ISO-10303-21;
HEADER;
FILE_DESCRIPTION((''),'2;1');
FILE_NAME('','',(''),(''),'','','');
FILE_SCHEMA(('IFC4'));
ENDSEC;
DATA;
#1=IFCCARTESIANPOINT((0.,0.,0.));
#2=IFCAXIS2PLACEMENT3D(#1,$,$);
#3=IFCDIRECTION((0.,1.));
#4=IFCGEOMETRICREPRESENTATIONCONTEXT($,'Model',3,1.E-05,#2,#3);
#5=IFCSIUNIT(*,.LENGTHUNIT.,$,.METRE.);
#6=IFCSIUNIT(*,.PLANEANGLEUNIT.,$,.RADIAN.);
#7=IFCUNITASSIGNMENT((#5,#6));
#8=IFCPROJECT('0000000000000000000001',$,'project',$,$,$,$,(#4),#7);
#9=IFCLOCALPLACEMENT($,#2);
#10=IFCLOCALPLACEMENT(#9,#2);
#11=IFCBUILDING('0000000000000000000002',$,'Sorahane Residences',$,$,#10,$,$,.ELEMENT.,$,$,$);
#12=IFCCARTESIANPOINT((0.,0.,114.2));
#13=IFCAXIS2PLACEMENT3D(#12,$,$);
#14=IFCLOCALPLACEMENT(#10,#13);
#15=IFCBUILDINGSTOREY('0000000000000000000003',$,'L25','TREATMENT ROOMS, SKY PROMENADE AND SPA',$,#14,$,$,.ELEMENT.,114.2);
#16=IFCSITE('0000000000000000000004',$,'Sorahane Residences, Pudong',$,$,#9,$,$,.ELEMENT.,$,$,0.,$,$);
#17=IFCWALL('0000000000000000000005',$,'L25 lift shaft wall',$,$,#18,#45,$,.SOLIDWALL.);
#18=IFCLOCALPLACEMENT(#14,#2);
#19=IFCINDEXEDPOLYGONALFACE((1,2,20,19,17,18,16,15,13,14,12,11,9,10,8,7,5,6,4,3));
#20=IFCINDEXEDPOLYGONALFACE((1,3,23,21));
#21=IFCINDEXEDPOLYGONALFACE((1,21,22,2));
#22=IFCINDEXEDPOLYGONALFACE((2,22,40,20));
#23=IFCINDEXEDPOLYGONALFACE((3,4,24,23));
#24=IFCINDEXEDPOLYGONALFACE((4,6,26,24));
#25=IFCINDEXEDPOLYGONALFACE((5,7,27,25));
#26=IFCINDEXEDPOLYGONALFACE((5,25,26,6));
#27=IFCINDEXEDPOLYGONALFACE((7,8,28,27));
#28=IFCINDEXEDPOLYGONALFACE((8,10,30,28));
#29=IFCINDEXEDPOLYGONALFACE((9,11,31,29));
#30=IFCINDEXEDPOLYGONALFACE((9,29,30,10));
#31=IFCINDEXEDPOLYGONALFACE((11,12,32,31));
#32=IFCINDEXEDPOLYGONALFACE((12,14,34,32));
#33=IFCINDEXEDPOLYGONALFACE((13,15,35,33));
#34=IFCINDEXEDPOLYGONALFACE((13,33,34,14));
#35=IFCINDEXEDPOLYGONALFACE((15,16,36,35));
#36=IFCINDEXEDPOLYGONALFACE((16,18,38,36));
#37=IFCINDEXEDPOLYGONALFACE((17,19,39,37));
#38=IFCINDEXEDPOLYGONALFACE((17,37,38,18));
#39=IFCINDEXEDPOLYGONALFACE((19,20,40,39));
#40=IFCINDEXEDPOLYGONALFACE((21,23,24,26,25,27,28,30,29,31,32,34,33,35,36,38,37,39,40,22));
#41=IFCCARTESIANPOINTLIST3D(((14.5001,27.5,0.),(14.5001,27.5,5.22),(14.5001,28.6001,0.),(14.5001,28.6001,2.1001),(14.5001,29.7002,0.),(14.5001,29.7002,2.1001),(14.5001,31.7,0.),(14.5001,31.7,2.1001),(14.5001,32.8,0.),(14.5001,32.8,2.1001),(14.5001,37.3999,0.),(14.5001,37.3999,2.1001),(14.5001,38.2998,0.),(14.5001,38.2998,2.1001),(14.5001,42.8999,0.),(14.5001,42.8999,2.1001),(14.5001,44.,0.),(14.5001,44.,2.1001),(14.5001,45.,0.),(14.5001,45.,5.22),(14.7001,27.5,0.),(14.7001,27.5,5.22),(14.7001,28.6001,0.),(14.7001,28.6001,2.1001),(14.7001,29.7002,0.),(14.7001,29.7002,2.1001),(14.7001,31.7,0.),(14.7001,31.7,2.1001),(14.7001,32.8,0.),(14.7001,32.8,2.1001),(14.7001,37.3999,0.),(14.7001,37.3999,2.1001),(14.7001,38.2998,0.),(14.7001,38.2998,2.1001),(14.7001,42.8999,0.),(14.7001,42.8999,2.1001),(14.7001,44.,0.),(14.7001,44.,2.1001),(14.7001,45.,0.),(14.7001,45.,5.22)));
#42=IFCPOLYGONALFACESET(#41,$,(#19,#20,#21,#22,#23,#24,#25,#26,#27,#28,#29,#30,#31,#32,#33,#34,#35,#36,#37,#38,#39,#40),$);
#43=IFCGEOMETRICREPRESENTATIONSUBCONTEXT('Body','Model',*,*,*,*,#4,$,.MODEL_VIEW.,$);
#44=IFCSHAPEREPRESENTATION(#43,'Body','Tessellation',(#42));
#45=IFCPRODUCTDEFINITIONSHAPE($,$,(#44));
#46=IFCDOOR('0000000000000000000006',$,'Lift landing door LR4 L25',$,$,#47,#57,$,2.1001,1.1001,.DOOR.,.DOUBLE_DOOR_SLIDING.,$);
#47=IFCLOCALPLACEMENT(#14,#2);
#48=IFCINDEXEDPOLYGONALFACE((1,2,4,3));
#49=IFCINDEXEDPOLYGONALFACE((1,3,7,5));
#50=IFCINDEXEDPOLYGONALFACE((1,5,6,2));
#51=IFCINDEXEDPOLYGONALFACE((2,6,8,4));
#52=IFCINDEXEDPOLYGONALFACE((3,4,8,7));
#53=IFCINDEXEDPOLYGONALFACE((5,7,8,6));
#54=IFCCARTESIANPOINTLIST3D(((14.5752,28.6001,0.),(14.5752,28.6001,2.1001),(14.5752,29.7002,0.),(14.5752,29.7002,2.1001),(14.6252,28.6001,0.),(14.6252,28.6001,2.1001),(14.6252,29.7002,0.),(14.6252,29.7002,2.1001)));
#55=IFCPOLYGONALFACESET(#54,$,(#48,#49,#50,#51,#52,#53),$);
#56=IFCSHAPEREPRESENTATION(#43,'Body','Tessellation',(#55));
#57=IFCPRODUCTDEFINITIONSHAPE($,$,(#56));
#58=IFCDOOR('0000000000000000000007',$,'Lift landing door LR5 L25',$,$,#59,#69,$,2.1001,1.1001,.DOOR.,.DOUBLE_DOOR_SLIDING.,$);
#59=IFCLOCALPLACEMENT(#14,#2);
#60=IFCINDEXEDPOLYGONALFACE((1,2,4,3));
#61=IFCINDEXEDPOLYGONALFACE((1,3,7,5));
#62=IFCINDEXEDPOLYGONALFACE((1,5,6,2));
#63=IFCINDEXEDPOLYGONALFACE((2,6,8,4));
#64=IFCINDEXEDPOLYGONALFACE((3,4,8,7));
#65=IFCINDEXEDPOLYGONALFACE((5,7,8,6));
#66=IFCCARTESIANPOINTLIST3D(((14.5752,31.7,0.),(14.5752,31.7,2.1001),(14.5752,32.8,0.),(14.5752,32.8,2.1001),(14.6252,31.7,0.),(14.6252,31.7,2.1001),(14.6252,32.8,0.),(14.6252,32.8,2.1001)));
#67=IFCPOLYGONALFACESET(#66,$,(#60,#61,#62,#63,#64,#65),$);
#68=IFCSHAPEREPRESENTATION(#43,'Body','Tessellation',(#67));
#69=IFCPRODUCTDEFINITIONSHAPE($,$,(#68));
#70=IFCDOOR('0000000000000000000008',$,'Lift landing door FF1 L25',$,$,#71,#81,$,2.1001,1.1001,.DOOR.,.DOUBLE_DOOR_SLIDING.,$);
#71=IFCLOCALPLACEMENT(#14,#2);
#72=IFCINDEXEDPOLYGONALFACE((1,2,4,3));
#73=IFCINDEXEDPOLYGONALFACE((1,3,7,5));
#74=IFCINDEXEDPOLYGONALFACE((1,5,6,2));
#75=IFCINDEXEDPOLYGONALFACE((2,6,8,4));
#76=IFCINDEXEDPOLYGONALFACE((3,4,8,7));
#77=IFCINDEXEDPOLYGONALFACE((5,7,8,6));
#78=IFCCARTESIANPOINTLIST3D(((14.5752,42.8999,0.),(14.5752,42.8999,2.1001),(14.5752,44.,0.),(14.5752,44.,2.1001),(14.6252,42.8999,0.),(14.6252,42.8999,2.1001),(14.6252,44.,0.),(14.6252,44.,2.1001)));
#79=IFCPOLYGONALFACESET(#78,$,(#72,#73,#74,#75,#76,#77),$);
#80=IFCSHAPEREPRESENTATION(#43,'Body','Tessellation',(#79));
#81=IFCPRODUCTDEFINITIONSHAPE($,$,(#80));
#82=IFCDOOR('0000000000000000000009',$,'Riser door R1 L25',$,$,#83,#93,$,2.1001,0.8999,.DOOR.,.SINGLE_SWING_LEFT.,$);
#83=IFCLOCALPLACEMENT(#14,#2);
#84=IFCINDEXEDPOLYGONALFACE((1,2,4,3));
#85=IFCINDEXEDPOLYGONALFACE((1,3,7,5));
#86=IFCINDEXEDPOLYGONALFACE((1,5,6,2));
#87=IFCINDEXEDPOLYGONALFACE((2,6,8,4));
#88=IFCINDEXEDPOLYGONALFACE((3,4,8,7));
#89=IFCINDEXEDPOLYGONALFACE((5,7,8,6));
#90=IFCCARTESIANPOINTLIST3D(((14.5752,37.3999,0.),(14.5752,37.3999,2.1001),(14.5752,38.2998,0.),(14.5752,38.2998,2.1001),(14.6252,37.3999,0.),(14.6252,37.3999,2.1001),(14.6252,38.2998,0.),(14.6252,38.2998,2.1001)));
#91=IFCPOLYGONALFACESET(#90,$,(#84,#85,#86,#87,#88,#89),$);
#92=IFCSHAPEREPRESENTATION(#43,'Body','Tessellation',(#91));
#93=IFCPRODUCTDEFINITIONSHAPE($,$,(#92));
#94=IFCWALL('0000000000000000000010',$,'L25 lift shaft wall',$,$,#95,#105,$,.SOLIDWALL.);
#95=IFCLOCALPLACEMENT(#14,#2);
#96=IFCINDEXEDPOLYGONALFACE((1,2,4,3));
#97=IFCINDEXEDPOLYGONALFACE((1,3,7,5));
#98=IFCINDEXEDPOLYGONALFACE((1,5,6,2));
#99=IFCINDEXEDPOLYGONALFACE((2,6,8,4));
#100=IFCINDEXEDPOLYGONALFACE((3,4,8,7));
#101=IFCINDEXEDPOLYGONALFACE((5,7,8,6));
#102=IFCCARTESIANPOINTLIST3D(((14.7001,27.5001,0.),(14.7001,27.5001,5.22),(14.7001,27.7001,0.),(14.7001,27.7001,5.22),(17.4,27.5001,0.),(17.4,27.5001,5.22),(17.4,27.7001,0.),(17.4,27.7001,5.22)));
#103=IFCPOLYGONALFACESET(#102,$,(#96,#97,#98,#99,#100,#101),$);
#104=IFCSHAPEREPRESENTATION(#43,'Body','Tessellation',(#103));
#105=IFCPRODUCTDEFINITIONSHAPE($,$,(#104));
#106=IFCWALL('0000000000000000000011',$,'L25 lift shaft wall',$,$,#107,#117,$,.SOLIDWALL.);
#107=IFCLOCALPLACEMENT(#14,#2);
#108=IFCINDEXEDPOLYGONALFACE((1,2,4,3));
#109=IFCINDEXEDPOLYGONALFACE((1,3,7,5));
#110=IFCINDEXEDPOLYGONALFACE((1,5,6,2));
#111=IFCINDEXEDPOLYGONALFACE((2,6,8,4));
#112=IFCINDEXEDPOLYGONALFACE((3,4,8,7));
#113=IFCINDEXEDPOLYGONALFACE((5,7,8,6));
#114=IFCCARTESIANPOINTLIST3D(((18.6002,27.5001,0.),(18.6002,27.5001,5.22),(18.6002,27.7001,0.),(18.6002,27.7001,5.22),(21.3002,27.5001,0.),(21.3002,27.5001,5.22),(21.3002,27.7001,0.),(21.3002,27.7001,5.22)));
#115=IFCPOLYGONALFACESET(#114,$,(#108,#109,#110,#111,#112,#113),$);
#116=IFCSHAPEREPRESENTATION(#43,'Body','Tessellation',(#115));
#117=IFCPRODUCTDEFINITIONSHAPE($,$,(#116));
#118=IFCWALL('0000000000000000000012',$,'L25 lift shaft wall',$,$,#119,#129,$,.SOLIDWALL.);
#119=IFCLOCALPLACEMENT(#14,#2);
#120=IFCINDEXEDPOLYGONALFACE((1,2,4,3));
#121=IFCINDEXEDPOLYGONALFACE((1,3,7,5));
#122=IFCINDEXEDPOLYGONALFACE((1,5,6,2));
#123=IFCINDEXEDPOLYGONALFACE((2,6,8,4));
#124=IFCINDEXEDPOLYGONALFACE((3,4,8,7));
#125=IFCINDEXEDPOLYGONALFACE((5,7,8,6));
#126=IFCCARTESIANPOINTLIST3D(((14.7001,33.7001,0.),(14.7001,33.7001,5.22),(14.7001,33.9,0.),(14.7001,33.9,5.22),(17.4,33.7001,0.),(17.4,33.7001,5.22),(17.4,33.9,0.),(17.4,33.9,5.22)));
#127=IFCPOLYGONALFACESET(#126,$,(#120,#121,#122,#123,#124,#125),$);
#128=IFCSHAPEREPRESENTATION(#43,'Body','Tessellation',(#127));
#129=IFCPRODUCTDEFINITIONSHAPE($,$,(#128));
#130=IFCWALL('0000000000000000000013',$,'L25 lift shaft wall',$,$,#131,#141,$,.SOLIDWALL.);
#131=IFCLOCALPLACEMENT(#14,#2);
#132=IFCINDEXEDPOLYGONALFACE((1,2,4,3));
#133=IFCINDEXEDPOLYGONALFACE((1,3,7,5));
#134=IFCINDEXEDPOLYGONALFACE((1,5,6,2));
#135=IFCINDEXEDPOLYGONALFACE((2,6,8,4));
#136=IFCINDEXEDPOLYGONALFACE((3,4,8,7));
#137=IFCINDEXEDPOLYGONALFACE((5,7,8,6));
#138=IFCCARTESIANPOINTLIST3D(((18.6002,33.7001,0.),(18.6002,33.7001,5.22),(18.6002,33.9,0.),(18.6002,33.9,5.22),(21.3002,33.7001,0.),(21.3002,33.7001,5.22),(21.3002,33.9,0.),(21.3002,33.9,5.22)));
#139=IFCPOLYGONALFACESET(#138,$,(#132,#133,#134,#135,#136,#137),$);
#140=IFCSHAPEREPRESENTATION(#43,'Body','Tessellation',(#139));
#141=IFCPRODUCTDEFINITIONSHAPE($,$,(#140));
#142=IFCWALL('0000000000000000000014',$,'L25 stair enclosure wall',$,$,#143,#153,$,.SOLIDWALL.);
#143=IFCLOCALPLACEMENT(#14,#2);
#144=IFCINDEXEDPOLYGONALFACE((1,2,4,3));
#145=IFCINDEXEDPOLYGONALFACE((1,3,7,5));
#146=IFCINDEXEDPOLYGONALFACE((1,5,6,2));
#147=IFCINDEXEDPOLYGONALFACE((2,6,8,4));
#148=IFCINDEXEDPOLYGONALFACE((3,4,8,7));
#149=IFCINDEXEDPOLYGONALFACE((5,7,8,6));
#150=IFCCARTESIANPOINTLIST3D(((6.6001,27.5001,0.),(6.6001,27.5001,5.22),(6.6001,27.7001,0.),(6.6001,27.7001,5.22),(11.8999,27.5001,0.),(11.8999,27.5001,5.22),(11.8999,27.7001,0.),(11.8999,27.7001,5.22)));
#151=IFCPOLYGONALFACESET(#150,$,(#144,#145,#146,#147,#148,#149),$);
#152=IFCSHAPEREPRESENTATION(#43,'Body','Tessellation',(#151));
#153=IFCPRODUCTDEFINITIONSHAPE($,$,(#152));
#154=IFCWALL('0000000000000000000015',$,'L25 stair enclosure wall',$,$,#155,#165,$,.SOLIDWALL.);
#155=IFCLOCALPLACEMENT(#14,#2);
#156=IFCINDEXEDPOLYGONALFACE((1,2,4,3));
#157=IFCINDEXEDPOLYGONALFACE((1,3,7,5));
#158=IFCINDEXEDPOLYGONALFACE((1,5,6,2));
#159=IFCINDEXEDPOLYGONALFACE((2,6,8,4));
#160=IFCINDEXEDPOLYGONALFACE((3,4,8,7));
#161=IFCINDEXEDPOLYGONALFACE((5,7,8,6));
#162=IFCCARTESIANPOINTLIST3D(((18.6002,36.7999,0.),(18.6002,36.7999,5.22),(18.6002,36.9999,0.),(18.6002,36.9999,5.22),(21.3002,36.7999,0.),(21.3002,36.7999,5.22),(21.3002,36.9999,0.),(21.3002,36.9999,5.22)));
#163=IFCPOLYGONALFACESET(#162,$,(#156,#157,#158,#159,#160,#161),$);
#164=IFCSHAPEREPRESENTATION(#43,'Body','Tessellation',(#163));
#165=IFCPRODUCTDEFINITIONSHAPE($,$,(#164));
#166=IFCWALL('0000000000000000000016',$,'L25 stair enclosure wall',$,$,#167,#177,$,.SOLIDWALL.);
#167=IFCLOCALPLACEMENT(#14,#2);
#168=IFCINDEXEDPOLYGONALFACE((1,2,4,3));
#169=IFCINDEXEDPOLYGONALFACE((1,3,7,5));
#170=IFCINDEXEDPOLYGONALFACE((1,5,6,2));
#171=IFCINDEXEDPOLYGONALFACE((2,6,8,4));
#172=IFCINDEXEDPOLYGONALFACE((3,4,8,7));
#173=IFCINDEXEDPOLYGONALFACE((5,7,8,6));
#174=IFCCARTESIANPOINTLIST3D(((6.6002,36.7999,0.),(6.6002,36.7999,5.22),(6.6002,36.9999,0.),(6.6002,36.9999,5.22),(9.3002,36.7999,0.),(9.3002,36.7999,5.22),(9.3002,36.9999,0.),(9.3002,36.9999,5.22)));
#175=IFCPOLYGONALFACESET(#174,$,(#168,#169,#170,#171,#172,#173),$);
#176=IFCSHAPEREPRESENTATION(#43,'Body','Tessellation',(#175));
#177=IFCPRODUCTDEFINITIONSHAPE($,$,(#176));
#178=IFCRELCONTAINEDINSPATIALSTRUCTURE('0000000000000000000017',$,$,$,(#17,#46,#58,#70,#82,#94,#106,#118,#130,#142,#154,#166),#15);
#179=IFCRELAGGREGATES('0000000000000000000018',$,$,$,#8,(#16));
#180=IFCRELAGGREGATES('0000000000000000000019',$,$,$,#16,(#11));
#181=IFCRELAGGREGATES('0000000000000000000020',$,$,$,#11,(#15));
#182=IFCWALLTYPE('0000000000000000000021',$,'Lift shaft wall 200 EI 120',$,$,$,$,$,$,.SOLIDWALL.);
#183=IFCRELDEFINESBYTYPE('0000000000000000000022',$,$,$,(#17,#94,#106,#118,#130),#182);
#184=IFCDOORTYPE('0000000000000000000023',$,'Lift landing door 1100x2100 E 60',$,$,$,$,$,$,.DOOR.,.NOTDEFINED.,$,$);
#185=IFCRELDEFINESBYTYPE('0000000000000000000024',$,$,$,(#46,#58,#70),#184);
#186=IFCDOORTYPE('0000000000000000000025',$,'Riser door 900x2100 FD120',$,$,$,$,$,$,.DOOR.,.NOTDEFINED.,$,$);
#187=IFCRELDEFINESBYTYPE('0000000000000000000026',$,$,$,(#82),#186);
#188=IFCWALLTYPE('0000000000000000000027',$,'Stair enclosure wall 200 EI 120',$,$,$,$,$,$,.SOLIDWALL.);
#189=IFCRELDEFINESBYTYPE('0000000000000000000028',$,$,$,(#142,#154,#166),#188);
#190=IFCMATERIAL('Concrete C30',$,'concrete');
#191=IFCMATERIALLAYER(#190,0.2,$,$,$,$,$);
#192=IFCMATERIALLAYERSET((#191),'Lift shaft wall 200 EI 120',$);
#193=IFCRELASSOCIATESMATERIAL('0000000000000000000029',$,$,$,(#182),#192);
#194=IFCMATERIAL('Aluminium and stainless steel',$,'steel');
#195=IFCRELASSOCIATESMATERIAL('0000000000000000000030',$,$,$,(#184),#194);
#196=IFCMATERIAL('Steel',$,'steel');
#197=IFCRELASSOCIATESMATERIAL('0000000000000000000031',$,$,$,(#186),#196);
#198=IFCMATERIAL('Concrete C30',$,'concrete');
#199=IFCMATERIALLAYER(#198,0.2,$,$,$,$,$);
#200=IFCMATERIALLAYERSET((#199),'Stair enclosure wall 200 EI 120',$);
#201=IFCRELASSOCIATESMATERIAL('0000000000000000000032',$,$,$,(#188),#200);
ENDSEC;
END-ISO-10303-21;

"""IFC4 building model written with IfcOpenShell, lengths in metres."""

from ifc_helpers import new_model, si_unit, direction, frame, frame_2d, origin, place, context, subcontext, project, spatial, rectangle, extrude, material, layer, layer_set, type_object, element, fill, save


model = new_model("IFC4")

# Units and contexts
model_context = context("Model", 3, precision=1e-05, world=origin(), true_north=direction((0.0, 1.0)))
body_context = subcontext(model_context, "Body", "Model", "MODEL_VIEW")
ifc_project = project(units=[si_unit("LENGTHUNIT", "METRE"), si_unit("PLANEANGLEUNIT", "RADIAN")], contexts=[model_context])

# Site, building, storey
site_placement = place(None, origin())
site = spatial("IfcSite", under=ifc_project, at=site_placement, Name="Sorahane Residences, Pudong", CompositionType="ELEMENT", RefElevation=0.0)
building_placement = place(site_placement, origin())
building = spatial("IfcBuilding", under=site, at=building_placement, Name="Sorahane Residences", CompositionType="ELEMENT")
storey_placement = place(building_placement, frame((0.0, 0.0, 114.2)))
storey = spatial("IfcBuildingStorey", under=building, at=storey_placement, Name="L25", Description="TREATMENT ROOMS, SKY PROMENADE AND SPA", CompositionType="ELEMENT", Elevation=114.2)

# Wall, openings, doors
ifc_material_1 = material(Name="Concrete C30", Category="concrete")
ifc_layer_1 = layer(ifc_material_1, 0.2)
ifc_layer_set_1 = layer_set([ifc_layer_1], Name="Lift shaft wall 200 EI 120")
wall_type_1 = type_object("IfcWallType", Name="Lift shaft wall 200 EI 120", PredefinedType="SOLIDWALL", material=ifc_layer_set_1)
wall_1_placement = place(storey_placement, frame((14.6001, 27.5, 0.0), z_axis=(0.0, 0.0, 1.0), x_axis=(0.0, 1.0, 0.0)))
wall_1 = element("IfcWall", 1, at=wall_1_placement, inside=storey, type_object=wall_type_1, Name="L25 lift shaft wall", PredefinedType="SOLIDWALL", context=body_context, shape_type="SweptSolid", body=[
    extrude(rectangle(XDim=17.5, YDim=0.2, at=frame_2d((8.75, 0.0))), origin(), (0.0, 0.0, 1.0), 5.22),
])
opening_1_placement = place(wall_1_placement, frame((1.1001, 0.0, 0.0)))
opening_1 = element("IfcOpeningElement", 2, at=opening_1_placement, cuts=wall_1, PredefinedType="OPENING", context=body_context, shape_type="SweptSolid", body=[
    extrude(rectangle(XDim=1.1001, YDim=2.1001, at=frame_2d((0.55, 1.05))), frame((0.0, 0.1099, 0.0), z_axis=(0.0, -1.0, 0.0), x_axis=(1.0, 0.0, 0.0)), (0.0, 0.0, 1.0), 0.22),
])
opening_2_placement = place(wall_1_placement, frame((4.2, 0.0, 0.0)))
opening_2 = element("IfcOpeningElement", 3, at=opening_2_placement, cuts=wall_1, PredefinedType="OPENING", context=body_context, shape_type="SweptSolid", body=[
    extrude(rectangle(XDim=1.1001, YDim=2.1001, at=frame_2d((0.55, 1.05))), frame((0.0, 0.1099, 0.0), z_axis=(0.0, -1.0, 0.0), x_axis=(1.0, 0.0, 0.0)), (0.0, 0.0, 1.0), 0.22),
])
opening_3_placement = place(wall_1_placement, frame((15.3999, 0.0, 0.0)))
opening_3 = element("IfcOpeningElement", 4, at=opening_3_placement, cuts=wall_1, PredefinedType="OPENING", context=body_context, shape_type="SweptSolid", body=[
    extrude(rectangle(XDim=1.1001, YDim=2.1001, at=frame_2d((0.55, 1.05))), frame((0.0, 0.1099, 0.0), z_axis=(0.0, -1.0, 0.0), x_axis=(1.0, 0.0, 0.0)), (0.0, 0.0, 1.0), 0.22),
])
opening_4_placement = place(wall_1_placement, frame((9.8999, 0.0, 0.0)))
opening_4 = element("IfcOpeningElement", 5, at=opening_4_placement, cuts=wall_1, PredefinedType="OPENING", context=body_context, shape_type="SweptSolid", body=[
    extrude(rectangle(XDim=0.8999, YDim=2.1001, at=frame_2d((0.45, 1.05))), frame((0.0, 0.1099, 0.0), z_axis=(0.0, -1.0, 0.0), x_axis=(1.0, 0.0, 0.0)), (0.0, 0.0, 1.0), 0.22),
])
ifc_material_2 = material(Name="Aluminium and stainless steel", Category="steel")
door_type_1 = type_object("IfcDoorType", Name="Lift landing door 1100x2100 E 60", OperationType="NOTDEFINED", PredefinedType="DOOR", material=ifc_material_2)
door_1_placement = place(opening_1_placement, origin())
door_1 = element("IfcDoor", 6, at=door_1_placement, inside=storey, type_object=door_type_1, Name="Lift landing door LR4 L25", OperationType="DOUBLE_DOOR_SLIDING", OverallHeight=2.1001, OverallWidth=1.1001, PredefinedType="DOOR", context=body_context, shape_type="SweptSolid", body=[
    extrude(rectangle(XDim=1.1001, YDim=2.1001, at=frame_2d((0.55, 1.05))), frame((0.0, 0.0249, 0.0), z_axis=(0.0, -1.0, 0.0), x_axis=(1.0, 0.0, 0.0)), (0.0, 0.0, 1.0), 0.05),
])
fill(opening_1, door_1)
door_2_placement = place(opening_2_placement, origin())
door_2 = element("IfcDoor", 7, at=door_2_placement, inside=storey, type_object=door_type_1, Name="Lift landing door LR5 L25", OperationType="DOUBLE_DOOR_SLIDING", OverallHeight=2.1001, OverallWidth=1.1001, PredefinedType="DOOR", context=body_context, shape_type="SweptSolid", body=[
    extrude(rectangle(XDim=1.1001, YDim=2.1001, at=frame_2d((0.55, 1.05))), frame((0.0, 0.0249, 0.0), z_axis=(0.0, -1.0, 0.0), x_axis=(1.0, 0.0, 0.0)), (0.0, 0.0, 1.0), 0.05),
])
fill(opening_2, door_2)
door_3_placement = place(opening_3_placement, origin())
door_3 = element("IfcDoor", 8, at=door_3_placement, inside=storey, type_object=door_type_1, Name="Lift landing door FF1 L25", OperationType="DOUBLE_DOOR_SLIDING", OverallHeight=2.1001, OverallWidth=1.1001, PredefinedType="DOOR", context=body_context, shape_type="SweptSolid", body=[
    extrude(rectangle(XDim=1.1001, YDim=2.1001, at=frame_2d((0.55, 1.05))), frame((0.0, 0.0249, 0.0), z_axis=(0.0, -1.0, 0.0), x_axis=(1.0, 0.0, 0.0)), (0.0, 0.0, 1.0), 0.05),
])
fill(opening_3, door_3)
ifc_material_3 = material(Name="Steel", Category="steel")
door_type_2 = type_object("IfcDoorType", Name="Riser door 900x2100 FD120", OperationType="NOTDEFINED", PredefinedType="DOOR", material=ifc_material_3)
door_4_placement = place(opening_4_placement, origin())
door_4 = element("IfcDoor", 9, at=door_4_placement, inside=storey, type_object=door_type_2, Name="Riser door R1 L25", OperationType="SINGLE_SWING_LEFT", OverallHeight=2.1001, OverallWidth=0.8999, PredefinedType="DOOR", context=body_context, shape_type="SweptSolid", body=[
    extrude(rectangle(XDim=0.8999, YDim=2.1001, at=frame_2d((0.45, 1.05))), frame((0.0, 0.0249, 0.0), z_axis=(0.0, -1.0, 0.0), x_axis=(1.0, 0.0, 0.0)), (0.0, 0.0, 1.0), 0.05),
])
fill(opening_4, door_4)

# Walls
for number, where, z_axis, x_axis, name in (
    (10, (14.7, 27.6001, 0.0), (0.0, 0.0, 1.0), (1.0, 0.0, 0.0), "L25 lift shaft wall"),
    (11, (18.6001, 27.6001, 0.0), (0.0, 0.0, 1.0), (1.0, 0.0, 0.0), "L25 lift shaft wall"),
    (12, (14.7, 33.8, 0.0), (0.0, 0.0, 1.0), (1.0, 0.0, 0.0), "L25 lift shaft wall"),
    (13, (18.6001, 33.8, 0.0), (0.0, 0.0, 1.0), (1.0, 0.0, 0.0), "L25 lift shaft wall"),
):
    element("IfcWall", number, at=place(storey_placement, frame(where, z_axis=z_axis, x_axis=x_axis)), inside=storey, type_object=wall_type_1, Name=name, PredefinedType="SOLIDWALL", context=body_context, shape_type="SweptSolid", body=[
        extrude(rectangle(XDim=2.7, YDim=0.2, at=frame_2d((1.3501, 0.0))), origin(), (0.0, 0.0, 1.0), 5.22),
    ])
ifc_material_4 = material(Name="Concrete C30", Category="concrete")
ifc_layer_2 = layer(ifc_material_4, 0.2)
ifc_layer_set_2 = layer_set([ifc_layer_2], Name="Stair enclosure wall 200 EI 120")
wall_type_2 = type_object("IfcWallType", Name="Stair enclosure wall 200 EI 120", PredefinedType="SOLIDWALL", material=ifc_layer_set_2)
wall_2_placement = place(storey_placement, frame((6.6001, 27.6001, 0.0), z_axis=(0.0, 0.0, 1.0), x_axis=(1.0, 0.0, 0.0)))
element("IfcWall", 14, at=wall_2_placement, inside=storey, type_object=wall_type_2, Name="L25 stair enclosure wall", PredefinedType="SOLIDWALL", context=body_context, shape_type="SweptSolid", body=[
    extrude(rectangle(XDim=5.2998, YDim=0.2, at=frame_2d((2.6499, 0.0))), origin(), (0.0, 0.0, 1.0), 5.22),
])
for number, where, z_axis, x_axis, name in (
    (15, (18.6001, 36.8999, 0.0), (0.0, 0.0, 1.0), (1.0, 0.0, 0.0), "L25 stair enclosure wall"),
    (16, (6.6001, 36.8999, 0.0), (0.0, 0.0, 1.0), (1.0, 0.0, 0.0), "L25 stair enclosure wall"),
):
    element("IfcWall", number, at=place(storey_placement, frame(where, z_axis=z_axis, x_axis=x_axis)), inside=storey, type_object=wall_type_2, Name=name, PredefinedType="SOLIDWALL", context=body_context, shape_type="SweptSolid", body=[
        extrude(rectangle(XDim=2.7, YDim=0.2, at=frame_2d((1.3501, 0.0))), origin(), (0.0, 0.0, 1.0), 5.22),
    ])

save(model, "model.ifc")
